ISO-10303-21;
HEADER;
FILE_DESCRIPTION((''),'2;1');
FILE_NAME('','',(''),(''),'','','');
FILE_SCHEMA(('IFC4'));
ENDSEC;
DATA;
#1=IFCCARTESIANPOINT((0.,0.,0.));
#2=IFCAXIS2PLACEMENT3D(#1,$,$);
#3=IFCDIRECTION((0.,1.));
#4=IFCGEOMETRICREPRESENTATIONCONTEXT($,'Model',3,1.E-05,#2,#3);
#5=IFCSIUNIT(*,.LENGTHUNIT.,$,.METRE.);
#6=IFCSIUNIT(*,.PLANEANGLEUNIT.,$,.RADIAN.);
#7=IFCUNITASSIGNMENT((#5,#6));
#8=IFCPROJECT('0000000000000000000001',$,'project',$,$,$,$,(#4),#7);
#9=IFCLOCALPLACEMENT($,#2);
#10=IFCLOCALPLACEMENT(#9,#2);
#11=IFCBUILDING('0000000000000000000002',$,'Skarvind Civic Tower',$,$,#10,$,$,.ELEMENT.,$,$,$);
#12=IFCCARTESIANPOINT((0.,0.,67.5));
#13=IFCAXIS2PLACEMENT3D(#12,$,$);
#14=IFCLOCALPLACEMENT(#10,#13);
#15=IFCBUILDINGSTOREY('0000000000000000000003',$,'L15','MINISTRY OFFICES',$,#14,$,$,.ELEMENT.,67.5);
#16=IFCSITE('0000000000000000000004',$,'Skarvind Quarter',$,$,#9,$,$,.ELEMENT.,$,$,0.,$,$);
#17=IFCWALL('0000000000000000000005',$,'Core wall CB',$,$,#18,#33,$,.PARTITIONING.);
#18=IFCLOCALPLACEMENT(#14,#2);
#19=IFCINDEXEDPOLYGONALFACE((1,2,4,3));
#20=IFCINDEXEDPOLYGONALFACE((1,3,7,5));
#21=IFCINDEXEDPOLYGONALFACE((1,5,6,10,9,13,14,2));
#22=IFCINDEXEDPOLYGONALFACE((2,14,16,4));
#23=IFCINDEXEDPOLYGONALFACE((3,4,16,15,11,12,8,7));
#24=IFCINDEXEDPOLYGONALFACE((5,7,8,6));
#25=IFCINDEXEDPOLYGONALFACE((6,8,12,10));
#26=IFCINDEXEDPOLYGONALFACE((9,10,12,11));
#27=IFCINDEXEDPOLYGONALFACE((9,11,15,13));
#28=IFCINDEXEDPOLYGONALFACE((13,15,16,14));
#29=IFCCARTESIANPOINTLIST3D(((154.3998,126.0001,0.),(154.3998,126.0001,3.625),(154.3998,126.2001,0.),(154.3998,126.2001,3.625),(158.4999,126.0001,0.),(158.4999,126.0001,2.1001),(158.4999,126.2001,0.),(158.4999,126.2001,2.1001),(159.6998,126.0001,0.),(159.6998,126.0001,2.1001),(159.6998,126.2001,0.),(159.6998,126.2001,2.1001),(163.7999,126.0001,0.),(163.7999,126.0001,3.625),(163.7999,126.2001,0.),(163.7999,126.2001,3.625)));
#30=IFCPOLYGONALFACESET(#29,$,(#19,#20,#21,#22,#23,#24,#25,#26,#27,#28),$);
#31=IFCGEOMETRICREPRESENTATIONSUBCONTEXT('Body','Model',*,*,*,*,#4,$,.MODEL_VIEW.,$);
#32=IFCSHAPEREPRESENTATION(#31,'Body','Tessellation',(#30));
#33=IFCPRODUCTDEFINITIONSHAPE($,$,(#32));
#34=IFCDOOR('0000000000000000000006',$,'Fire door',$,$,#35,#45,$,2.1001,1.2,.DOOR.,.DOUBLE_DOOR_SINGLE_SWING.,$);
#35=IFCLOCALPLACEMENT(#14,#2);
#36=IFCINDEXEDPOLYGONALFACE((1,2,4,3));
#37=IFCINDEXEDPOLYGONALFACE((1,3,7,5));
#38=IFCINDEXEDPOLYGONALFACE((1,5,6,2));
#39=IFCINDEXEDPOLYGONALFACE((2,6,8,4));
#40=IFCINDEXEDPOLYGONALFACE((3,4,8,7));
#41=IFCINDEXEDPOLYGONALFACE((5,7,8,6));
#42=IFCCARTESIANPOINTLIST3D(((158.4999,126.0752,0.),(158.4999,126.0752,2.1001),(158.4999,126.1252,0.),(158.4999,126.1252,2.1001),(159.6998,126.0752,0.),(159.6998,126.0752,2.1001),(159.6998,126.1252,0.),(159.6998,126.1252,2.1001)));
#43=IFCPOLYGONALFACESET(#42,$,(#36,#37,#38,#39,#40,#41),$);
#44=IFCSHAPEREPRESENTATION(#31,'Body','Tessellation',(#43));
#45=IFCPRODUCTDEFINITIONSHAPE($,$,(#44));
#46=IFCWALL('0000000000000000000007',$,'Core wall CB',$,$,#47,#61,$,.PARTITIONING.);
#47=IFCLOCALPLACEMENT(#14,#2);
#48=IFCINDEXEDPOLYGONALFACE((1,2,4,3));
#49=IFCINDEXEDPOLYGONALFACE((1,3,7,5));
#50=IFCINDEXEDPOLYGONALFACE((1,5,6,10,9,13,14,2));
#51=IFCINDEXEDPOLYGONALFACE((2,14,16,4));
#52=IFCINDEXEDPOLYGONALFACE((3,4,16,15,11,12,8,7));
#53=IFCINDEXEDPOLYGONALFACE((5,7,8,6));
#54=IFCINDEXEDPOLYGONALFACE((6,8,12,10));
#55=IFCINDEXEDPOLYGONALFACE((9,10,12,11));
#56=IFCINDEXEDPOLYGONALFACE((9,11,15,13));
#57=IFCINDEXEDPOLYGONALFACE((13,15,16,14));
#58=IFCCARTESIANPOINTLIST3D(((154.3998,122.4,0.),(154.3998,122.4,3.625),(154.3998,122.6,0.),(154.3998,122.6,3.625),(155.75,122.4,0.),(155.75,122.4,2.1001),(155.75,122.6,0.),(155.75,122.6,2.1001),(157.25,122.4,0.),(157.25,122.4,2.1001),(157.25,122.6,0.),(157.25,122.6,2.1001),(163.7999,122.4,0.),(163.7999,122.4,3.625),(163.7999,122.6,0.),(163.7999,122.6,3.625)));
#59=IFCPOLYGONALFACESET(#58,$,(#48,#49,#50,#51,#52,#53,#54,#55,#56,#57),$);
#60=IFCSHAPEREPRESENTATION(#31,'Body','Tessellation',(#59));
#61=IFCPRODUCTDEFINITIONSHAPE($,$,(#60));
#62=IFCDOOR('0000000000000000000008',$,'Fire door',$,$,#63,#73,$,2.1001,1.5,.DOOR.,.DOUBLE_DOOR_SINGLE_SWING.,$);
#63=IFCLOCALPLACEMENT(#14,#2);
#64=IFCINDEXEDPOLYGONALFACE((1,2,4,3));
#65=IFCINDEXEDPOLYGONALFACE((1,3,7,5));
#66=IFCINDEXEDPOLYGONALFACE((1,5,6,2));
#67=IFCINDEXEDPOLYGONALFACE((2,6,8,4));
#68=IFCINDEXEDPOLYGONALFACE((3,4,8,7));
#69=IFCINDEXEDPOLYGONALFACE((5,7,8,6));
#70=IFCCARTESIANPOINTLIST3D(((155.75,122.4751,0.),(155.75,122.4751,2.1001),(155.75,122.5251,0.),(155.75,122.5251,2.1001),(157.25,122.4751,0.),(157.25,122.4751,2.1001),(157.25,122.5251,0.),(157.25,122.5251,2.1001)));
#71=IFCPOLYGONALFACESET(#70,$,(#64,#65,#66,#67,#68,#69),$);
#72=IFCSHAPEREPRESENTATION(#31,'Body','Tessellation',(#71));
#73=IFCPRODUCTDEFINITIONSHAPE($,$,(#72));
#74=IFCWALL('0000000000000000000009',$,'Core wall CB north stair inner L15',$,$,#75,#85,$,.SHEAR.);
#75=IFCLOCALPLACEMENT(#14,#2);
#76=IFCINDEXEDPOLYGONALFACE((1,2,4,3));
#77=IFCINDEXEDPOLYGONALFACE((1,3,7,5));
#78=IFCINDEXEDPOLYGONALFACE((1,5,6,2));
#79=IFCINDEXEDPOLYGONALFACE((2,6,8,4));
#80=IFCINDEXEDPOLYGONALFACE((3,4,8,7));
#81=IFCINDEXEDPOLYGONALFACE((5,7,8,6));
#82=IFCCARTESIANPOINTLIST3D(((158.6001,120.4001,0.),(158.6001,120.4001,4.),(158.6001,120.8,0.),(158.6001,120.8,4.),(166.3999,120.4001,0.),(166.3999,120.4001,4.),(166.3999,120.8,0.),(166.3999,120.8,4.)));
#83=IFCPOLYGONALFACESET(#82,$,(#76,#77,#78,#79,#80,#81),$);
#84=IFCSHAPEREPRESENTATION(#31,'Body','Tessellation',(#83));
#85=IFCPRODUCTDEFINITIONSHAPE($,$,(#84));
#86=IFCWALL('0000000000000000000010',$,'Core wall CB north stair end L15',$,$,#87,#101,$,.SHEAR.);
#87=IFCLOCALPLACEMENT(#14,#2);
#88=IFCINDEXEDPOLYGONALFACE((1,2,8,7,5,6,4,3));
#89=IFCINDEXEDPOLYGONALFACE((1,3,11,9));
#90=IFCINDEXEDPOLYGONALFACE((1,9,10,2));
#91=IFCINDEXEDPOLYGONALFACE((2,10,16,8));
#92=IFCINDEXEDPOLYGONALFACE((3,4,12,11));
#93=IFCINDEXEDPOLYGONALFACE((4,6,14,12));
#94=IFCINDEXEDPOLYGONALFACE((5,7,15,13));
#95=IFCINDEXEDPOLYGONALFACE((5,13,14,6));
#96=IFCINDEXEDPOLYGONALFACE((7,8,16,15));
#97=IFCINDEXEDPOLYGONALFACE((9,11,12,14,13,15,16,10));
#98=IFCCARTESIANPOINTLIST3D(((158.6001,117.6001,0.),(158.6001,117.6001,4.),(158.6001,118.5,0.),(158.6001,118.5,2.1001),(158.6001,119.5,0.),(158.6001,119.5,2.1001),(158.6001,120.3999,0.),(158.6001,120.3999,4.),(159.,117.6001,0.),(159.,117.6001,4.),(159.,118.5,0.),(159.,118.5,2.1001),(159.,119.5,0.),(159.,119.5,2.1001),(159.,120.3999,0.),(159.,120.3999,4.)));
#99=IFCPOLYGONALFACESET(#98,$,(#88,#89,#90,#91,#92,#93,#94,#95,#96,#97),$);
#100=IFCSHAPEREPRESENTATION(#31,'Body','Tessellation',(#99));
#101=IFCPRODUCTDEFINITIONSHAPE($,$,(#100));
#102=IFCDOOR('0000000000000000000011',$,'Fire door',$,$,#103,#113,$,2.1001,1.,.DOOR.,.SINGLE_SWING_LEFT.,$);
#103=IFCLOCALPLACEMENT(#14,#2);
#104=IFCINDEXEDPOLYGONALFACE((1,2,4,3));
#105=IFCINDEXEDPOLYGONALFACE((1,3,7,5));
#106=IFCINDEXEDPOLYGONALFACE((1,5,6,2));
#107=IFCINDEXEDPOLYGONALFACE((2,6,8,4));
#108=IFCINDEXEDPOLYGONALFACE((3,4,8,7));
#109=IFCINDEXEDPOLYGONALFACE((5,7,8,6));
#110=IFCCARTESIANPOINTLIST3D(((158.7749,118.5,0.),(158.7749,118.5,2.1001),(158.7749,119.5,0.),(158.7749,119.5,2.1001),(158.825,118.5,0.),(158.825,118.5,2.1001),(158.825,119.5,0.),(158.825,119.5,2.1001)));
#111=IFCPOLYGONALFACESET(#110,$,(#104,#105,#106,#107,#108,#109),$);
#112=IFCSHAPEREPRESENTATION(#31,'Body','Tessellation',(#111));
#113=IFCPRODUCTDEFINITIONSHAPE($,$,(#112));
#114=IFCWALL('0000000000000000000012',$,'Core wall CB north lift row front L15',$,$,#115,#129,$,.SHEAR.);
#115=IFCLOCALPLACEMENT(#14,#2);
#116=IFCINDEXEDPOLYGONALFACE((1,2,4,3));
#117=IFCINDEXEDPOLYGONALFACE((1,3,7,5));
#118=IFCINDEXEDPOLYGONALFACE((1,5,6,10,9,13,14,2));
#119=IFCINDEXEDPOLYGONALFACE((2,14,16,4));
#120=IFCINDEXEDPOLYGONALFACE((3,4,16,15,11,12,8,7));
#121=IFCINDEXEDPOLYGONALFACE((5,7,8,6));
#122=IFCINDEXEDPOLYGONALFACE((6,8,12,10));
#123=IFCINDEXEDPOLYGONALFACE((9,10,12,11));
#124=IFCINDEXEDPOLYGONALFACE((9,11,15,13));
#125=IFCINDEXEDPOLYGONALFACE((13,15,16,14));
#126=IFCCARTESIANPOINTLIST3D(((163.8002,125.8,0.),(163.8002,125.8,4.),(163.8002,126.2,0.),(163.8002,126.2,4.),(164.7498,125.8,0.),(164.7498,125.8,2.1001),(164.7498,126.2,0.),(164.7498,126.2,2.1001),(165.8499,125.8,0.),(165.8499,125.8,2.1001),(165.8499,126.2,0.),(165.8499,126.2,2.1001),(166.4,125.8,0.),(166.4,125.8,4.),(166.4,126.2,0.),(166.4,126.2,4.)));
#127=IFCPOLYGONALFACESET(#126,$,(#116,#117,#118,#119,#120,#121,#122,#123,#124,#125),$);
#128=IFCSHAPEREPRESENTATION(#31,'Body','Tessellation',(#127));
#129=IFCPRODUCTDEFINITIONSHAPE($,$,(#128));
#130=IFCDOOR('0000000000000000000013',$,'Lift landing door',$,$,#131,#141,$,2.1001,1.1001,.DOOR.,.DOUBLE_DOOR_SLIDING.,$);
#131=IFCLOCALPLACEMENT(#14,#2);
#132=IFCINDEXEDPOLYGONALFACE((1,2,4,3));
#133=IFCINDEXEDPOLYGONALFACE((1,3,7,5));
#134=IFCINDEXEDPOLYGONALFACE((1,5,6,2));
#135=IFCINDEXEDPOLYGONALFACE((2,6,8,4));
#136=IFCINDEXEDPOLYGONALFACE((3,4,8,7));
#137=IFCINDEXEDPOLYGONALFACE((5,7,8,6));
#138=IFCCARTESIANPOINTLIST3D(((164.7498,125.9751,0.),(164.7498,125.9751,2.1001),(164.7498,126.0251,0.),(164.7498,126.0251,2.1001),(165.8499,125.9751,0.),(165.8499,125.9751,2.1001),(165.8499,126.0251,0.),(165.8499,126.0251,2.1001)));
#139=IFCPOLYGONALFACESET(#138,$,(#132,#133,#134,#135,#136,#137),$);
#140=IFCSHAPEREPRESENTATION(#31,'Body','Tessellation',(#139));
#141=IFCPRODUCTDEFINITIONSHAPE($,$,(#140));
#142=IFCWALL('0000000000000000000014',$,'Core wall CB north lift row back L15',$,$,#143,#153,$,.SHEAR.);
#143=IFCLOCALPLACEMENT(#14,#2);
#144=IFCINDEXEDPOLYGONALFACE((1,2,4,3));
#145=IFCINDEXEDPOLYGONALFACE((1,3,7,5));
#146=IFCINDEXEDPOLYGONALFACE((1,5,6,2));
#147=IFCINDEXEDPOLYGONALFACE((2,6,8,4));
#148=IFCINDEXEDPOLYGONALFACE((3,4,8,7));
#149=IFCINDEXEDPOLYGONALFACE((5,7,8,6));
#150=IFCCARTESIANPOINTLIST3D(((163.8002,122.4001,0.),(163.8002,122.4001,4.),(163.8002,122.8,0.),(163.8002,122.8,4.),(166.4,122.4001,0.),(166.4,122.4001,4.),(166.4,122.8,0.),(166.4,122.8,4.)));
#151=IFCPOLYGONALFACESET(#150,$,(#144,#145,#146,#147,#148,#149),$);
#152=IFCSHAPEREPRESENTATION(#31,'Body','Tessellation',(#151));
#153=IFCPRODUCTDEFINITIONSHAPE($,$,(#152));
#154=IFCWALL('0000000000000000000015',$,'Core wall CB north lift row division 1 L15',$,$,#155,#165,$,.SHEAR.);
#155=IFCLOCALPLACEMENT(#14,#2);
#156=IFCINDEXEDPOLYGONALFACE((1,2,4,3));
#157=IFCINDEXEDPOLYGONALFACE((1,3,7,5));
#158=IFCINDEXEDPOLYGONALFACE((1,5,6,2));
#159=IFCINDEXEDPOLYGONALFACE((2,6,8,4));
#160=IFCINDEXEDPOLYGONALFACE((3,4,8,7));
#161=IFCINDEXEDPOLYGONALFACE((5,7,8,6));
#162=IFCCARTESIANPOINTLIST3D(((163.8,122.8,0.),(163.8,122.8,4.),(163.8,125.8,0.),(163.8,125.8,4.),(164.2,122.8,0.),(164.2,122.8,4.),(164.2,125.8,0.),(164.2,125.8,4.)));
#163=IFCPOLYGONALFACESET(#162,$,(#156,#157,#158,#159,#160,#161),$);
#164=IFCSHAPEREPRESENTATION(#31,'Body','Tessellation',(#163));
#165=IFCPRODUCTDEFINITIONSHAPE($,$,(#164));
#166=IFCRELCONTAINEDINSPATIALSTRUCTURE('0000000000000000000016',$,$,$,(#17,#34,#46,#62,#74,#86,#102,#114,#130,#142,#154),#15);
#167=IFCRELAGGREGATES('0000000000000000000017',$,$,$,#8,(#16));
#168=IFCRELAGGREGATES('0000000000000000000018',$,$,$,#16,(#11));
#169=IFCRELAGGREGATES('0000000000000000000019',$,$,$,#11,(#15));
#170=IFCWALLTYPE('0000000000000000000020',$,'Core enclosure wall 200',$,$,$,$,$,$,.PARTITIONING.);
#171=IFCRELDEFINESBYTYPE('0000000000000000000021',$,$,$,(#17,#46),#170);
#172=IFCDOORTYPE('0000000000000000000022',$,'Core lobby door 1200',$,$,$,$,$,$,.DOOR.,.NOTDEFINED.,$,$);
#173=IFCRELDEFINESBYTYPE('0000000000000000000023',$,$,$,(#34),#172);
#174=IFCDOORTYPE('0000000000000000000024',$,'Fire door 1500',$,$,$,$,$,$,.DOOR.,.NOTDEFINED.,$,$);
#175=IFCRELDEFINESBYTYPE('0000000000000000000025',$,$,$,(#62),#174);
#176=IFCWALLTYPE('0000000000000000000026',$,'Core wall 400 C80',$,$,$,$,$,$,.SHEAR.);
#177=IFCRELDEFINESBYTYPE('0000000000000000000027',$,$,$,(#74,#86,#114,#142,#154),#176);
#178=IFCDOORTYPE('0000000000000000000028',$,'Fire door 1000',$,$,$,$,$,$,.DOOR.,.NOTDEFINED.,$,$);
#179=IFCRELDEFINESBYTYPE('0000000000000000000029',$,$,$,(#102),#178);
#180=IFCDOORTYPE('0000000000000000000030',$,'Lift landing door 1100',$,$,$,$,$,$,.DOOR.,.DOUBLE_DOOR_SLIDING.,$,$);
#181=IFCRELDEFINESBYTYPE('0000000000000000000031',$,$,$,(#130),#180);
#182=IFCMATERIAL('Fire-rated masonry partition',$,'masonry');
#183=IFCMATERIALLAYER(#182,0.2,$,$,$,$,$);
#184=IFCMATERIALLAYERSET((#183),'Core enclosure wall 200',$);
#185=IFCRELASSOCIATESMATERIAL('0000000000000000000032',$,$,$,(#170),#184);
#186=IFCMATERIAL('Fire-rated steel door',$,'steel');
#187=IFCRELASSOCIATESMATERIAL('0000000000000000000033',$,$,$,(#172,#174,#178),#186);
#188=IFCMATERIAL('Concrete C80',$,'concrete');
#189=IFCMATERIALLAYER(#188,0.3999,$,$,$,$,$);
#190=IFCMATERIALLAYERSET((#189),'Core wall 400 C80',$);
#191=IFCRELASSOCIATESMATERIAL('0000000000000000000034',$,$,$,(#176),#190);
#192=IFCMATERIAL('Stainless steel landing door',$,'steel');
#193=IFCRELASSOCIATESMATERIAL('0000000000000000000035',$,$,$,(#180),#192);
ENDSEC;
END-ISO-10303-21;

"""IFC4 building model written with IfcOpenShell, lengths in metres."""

from ifc_helpers import new_model, si_unit, direction, frame, frame_2d, origin, place, context, subcontext, project, spatial, rectangle, extrude, material, layer, layer_set, type_object, element, fill, save


model = new_model("IFC4")

# Units and contexts
model_context = context("Model", 3, precision=1e-05, world=origin(), true_north=direction((0.0, 1.0)))
body_context = subcontext(model_context, "Body", "Model", "MODEL_VIEW")
ifc_project = project(units=[si_unit("LENGTHUNIT", "METRE"), si_unit("PLANEANGLEUNIT", "RADIAN")], contexts=[model_context])

# Site, building, storey
site_placement = place(None, origin())
site = spatial("IfcSite", under=ifc_project, at=site_placement, Name="Skarvind Quarter", CompositionType="ELEMENT", RefElevation=0.0)
building_placement = place(site_placement, origin())
building = spatial("IfcBuilding", under=site, at=building_placement, Name="Skarvind Civic Tower", CompositionType="ELEMENT")
storey_placement = place(building_placement, frame((0.0, 0.0, 67.5)))
storey = spatial("IfcBuildingStorey", under=building, at=storey_placement, Name="L15", Description="MINISTRY OFFICES", CompositionType="ELEMENT", Elevation=67.5)

# Walls, openings, doors
ifc_material_1 = material(Name="Fire-rated masonry partition", Category="masonry")
ifc_layer_1 = layer(ifc_material_1, 0.2)
ifc_layer_set_1 = layer_set([ifc_layer_1], Name="Core enclosure wall 200")
wall_type_1 = type_object("IfcWallType", Name="Core enclosure wall 200", PredefinedType="PARTITIONING", material=ifc_layer_set_1)
wall_1_placement = place(storey_placement, frame((163.8, 126.1001, 0.0), z_axis=(0.0, 0.0, 1.0), x_axis=(-1.0, 0.0, 0.0)))
wall_1 = element("IfcWall", 1, at=wall_1_placement, inside=storey, type_object=wall_type_1, Name="Core wall CB", PredefinedType="PARTITIONING", context=body_context, shape_type="SweptSolid", body=[
    extrude(rectangle(XDim=9.4001, YDim=0.2, at=frame_2d((4.7002, 0.0))), origin(), (0.0, 0.0, 1.0), 3.625),
])
opening_1_placement = place(wall_1_placement, frame((4.1001, 0.0, 0.0)))
opening_1 = element("IfcOpeningElement", 2, at=opening_1_placement, cuts=wall_1, PredefinedType="OPENING", context=body_context, shape_type="SweptSolid", body=[
    extrude(rectangle(XDim=1.2, YDim=2.1001, at=frame_2d((0.6001, 1.05))), frame((0.0, 0.1099, 0.0), z_axis=(0.0, -1.0, 0.0), x_axis=(1.0, 0.0, 0.0)), (0.0, 0.0, 1.0), 0.22),
])
ifc_material_2 = material(Name="Fire-rated steel door", Category="steel")
door_type_1 = type_object("IfcDoorType", Name="Core lobby door 1200", OperationType="NOTDEFINED", PredefinedType="DOOR", material=ifc_material_2)
door_1_placement = place(opening_1_placement, origin())
door_1 = element("IfcDoor", 3, at=door_1_placement, inside=storey, type_object=door_type_1, Name="Fire door", OperationType="DOUBLE_DOOR_SINGLE_SWING", OverallHeight=2.1001, OverallWidth=1.2, PredefinedType="DOOR", context=body_context, shape_type="SweptSolid", body=[
    extrude(rectangle(XDim=1.2, YDim=2.1001, at=frame_2d((0.6001, 1.05))), frame((0.0, 0.0249, 0.0), z_axis=(0.0, -1.0, 0.0), x_axis=(1.0, 0.0, 0.0)), (0.0, 0.0, 1.0), 0.05),
])
fill(opening_1, door_1)
wall_2_placement = place(storey_placement, frame((163.8, 122.5, 0.0), z_axis=(0.0, 0.0, 1.0), x_axis=(-1.0, 0.0, 0.0)))
wall_2 = element("IfcWall", 4, at=wall_2_placement, inside=storey, type_object=wall_type_1, Name="Core wall CB", PredefinedType="PARTITIONING", context=body_context, shape_type="SweptSolid", body=[
    extrude(rectangle(XDim=9.4001, YDim=0.2, at=frame_2d((4.7002, 0.0))), origin(), (0.0, 0.0, 1.0), 3.625),
])
opening_2_placement = place(wall_2_placement, frame((6.55, 0.0, 0.0)))
opening_2 = element("IfcOpeningElement", 5, at=opening_2_placement, cuts=wall_2, PredefinedType="OPENING", context=body_context, shape_type="SweptSolid", body=[
    extrude(rectangle(XDim=1.5, YDim=2.1001, at=frame_2d((0.75, 1.05))), frame((0.0, 0.1099, 0.0), z_axis=(0.0, -1.0, 0.0), x_axis=(1.0, 0.0, 0.0)), (0.0, 0.0, 1.0), 0.22),
])
door_type_2 = type_object("IfcDoorType", Name="Fire door 1500", OperationType="NOTDEFINED", PredefinedType="DOOR", material=ifc_material_2)
door_2_placement = place(opening_2_placement, origin())
door_2 = element("IfcDoor", 6, at=door_2_placement, inside=storey, type_object=door_type_2, Name="Fire door", OperationType="DOUBLE_DOOR_SINGLE_SWING", OverallHeight=2.1001, OverallWidth=1.5, PredefinedType="DOOR", context=body_context, shape_type="SweptSolid", body=[
    extrude(rectangle(XDim=1.5, YDim=2.1001, at=frame_2d((0.75, 1.05))), frame((0.0, 0.0249, 0.0), z_axis=(0.0, -1.0, 0.0), x_axis=(1.0, 0.0, 0.0)), (0.0, 0.0, 1.0), 0.05),
])
fill(opening_2, door_2)

# Wall
ifc_material_3 = material(Name="Concrete C80", Category="concrete")
ifc_layer_2 = layer(ifc_material_3, 0.3999)
ifc_layer_set_2 = layer_set([ifc_layer_2], Name="Core wall 400 C80")
wall_type_2 = type_object("IfcWallType", Name="Core wall 400 C80", PredefinedType="SHEAR", material=ifc_layer_set_2)
wall_3_placement = place(storey_placement, frame((166.3999, 120.6001, 0.0), z_axis=(0.0, 0.0, 1.0), x_axis=(-1.0, 0.0, 0.0)))
element("IfcWall", 7, at=wall_3_placement, inside=storey, type_object=wall_type_2, Name="Core wall CB north stair inner L15", PredefinedType="SHEAR", context=body_context, shape_type="SweptSolid", body=[
    extrude(rectangle(XDim=7.7998, YDim=0.3999, at=frame_2d((3.8999, 0.0))), origin(), (0.0, 0.0, 1.0), 4.0),
])

# Walls, openings, doors
wall_4_placement = place(storey_placement, frame((158.8, 120.3999, 0.0), z_axis=(0.0, 0.0, 1.0), x_axis=(0.0, -1.0, 0.0)))
wall_4 = element("IfcWall", 8, at=wall_4_placement, inside=storey, type_object=wall_type_2, Name="Core wall CB north stair end L15", PredefinedType="SHEAR", context=body_context, shape_type="SweptSolid", body=[
    extrude(rectangle(XDim=2.7998, YDim=0.3999, at=frame_2d((1.3999, 0.0))), origin(), (0.0, 0.0, 1.0), 4.0),
])
opening_3_placement = place(wall_4_placement, frame((0.8999, 0.0, 0.0)))
opening_3 = element("IfcOpeningElement", 9, at=opening_3_placement, cuts=wall_4, PredefinedType="OPENING", context=body_context, shape_type="SweptSolid", body=[
    extrude(rectangle(XDim=1.0, YDim=2.1001, at=frame_2d((0.5, 1.05))), frame((0.0, 0.21, 0.0), z_axis=(0.0, -1.0, 0.0), x_axis=(1.0, 0.0, 0.0)), (0.0, 0.0, 1.0), 0.4199),
])
door_type_3 = type_object("IfcDoorType", Name="Fire door 1000", OperationType="NOTDEFINED", PredefinedType="DOOR", material=ifc_material_2)
door_3_placement = place(opening_3_placement, origin())
door_3 = element("IfcDoor", 10, at=door_3_placement, inside=storey, type_object=door_type_3, Name="Fire door", OperationType="SINGLE_SWING_LEFT", OverallHeight=2.1001, OverallWidth=1.0, PredefinedType="DOOR", context=body_context, shape_type="SweptSolid", body=[
    extrude(rectangle(XDim=1.0, YDim=2.1001, at=frame_2d((0.5, 1.05))), frame((0.0, 0.0249, 0.0), z_axis=(0.0, -1.0, 0.0), x_axis=(1.0, 0.0, 0.0)), (0.0, 0.0, 1.0), 0.05),
])
fill(opening_3, door_3)
wall_5_placement = place(storey_placement, frame((166.3999, 126.0, 0.0), z_axis=(0.0, 0.0, 1.0), x_axis=(-1.0, 0.0, 0.0)))
wall_5 = element("IfcWall", 11, at=wall_5_placement, inside=storey, type_object=wall_type_2, Name="Core wall CB north lift row front L15", PredefinedType="SHEAR", context=body_context, shape_type="SweptSolid", body=[
    extrude(rectangle(XDim=2.5999, YDim=0.3999, at=frame_2d((1.2998, 0.0))), origin(), (0.0, 0.0, 1.0), 4.0),
])
opening_4_placement = place(wall_5_placement, frame((0.55, 0.0, 0.0)))
opening_4 = element("IfcOpeningElement", 12, at=opening_4_placement, cuts=wall_5, PredefinedType="OPENING", context=body_context, shape_type="SweptSolid", body=[
    extrude(rectangle(XDim=1.1001, YDim=2.1001, at=frame_2d((0.55, 1.05))), frame((0.0, 0.21, 0.0), z_axis=(0.0, -1.0, 0.0), x_axis=(1.0, 0.0, 0.0)), (0.0, 0.0, 1.0), 0.4199),
])
ifc_material_4 = material(Name="Stainless steel landing door", Category="steel")
door_type_4 = type_object("IfcDoorType", Name="Lift landing door 1100", OperationType="DOUBLE_DOOR_SLIDING", PredefinedType="DOOR", material=ifc_material_4)
door_4_placement = place(opening_4_placement, origin())
door_4 = element("IfcDoor", 13, at=door_4_placement, inside=storey, type_object=door_type_4, Name="Lift landing door", OperationType="DOUBLE_DOOR_SLIDING", OverallHeight=2.1001, OverallWidth=1.1001, PredefinedType="DOOR", context=body_context, shape_type="SweptSolid", body=[
    extrude(rectangle(XDim=1.1001, YDim=2.1001, at=frame_2d((0.55, 1.05))), frame((0.0, 0.0249, 0.0), z_axis=(0.0, -1.0, 0.0), x_axis=(1.0, 0.0, 0.0)), (0.0, 0.0, 1.0), 0.05),
])
fill(opening_4, door_4)

# Walls
wall_6_placement = place(storey_placement, frame((166.3999, 122.6001, 0.0), z_axis=(0.0, 0.0, 1.0), x_axis=(-1.0, 0.0, 0.0)))
element("IfcWall", 14, at=wall_6_placement, inside=storey, type_object=wall_type_2, Name="Core wall CB north lift row back L15", PredefinedType="SHEAR", context=body_context, shape_type="SweptSolid", body=[
    extrude(rectangle(XDim=2.5999, YDim=0.3999, at=frame_2d((1.2998, 0.0))), origin(), (0.0, 0.0, 1.0), 4.0),
])
wall_7_placement = place(storey_placement, frame((164.0, 125.8, 0.0), z_axis=(0.0, 0.0, 1.0), x_axis=(0.0, -1.0, 0.0)))
element("IfcWall", 15, at=wall_7_placement, inside=storey, type_object=wall_type_2, Name="Core wall CB north lift row division 1 L15", PredefinedType="SHEAR", context=body_context, shape_type="SweptSolid", body=[
    extrude(rectangle(XDim=3.0, YDim=0.3999, at=frame_2d((1.5, 0.0))), origin(), (0.0, 0.0, 1.0), 4.0),
])

save(model, "model.ifc")
